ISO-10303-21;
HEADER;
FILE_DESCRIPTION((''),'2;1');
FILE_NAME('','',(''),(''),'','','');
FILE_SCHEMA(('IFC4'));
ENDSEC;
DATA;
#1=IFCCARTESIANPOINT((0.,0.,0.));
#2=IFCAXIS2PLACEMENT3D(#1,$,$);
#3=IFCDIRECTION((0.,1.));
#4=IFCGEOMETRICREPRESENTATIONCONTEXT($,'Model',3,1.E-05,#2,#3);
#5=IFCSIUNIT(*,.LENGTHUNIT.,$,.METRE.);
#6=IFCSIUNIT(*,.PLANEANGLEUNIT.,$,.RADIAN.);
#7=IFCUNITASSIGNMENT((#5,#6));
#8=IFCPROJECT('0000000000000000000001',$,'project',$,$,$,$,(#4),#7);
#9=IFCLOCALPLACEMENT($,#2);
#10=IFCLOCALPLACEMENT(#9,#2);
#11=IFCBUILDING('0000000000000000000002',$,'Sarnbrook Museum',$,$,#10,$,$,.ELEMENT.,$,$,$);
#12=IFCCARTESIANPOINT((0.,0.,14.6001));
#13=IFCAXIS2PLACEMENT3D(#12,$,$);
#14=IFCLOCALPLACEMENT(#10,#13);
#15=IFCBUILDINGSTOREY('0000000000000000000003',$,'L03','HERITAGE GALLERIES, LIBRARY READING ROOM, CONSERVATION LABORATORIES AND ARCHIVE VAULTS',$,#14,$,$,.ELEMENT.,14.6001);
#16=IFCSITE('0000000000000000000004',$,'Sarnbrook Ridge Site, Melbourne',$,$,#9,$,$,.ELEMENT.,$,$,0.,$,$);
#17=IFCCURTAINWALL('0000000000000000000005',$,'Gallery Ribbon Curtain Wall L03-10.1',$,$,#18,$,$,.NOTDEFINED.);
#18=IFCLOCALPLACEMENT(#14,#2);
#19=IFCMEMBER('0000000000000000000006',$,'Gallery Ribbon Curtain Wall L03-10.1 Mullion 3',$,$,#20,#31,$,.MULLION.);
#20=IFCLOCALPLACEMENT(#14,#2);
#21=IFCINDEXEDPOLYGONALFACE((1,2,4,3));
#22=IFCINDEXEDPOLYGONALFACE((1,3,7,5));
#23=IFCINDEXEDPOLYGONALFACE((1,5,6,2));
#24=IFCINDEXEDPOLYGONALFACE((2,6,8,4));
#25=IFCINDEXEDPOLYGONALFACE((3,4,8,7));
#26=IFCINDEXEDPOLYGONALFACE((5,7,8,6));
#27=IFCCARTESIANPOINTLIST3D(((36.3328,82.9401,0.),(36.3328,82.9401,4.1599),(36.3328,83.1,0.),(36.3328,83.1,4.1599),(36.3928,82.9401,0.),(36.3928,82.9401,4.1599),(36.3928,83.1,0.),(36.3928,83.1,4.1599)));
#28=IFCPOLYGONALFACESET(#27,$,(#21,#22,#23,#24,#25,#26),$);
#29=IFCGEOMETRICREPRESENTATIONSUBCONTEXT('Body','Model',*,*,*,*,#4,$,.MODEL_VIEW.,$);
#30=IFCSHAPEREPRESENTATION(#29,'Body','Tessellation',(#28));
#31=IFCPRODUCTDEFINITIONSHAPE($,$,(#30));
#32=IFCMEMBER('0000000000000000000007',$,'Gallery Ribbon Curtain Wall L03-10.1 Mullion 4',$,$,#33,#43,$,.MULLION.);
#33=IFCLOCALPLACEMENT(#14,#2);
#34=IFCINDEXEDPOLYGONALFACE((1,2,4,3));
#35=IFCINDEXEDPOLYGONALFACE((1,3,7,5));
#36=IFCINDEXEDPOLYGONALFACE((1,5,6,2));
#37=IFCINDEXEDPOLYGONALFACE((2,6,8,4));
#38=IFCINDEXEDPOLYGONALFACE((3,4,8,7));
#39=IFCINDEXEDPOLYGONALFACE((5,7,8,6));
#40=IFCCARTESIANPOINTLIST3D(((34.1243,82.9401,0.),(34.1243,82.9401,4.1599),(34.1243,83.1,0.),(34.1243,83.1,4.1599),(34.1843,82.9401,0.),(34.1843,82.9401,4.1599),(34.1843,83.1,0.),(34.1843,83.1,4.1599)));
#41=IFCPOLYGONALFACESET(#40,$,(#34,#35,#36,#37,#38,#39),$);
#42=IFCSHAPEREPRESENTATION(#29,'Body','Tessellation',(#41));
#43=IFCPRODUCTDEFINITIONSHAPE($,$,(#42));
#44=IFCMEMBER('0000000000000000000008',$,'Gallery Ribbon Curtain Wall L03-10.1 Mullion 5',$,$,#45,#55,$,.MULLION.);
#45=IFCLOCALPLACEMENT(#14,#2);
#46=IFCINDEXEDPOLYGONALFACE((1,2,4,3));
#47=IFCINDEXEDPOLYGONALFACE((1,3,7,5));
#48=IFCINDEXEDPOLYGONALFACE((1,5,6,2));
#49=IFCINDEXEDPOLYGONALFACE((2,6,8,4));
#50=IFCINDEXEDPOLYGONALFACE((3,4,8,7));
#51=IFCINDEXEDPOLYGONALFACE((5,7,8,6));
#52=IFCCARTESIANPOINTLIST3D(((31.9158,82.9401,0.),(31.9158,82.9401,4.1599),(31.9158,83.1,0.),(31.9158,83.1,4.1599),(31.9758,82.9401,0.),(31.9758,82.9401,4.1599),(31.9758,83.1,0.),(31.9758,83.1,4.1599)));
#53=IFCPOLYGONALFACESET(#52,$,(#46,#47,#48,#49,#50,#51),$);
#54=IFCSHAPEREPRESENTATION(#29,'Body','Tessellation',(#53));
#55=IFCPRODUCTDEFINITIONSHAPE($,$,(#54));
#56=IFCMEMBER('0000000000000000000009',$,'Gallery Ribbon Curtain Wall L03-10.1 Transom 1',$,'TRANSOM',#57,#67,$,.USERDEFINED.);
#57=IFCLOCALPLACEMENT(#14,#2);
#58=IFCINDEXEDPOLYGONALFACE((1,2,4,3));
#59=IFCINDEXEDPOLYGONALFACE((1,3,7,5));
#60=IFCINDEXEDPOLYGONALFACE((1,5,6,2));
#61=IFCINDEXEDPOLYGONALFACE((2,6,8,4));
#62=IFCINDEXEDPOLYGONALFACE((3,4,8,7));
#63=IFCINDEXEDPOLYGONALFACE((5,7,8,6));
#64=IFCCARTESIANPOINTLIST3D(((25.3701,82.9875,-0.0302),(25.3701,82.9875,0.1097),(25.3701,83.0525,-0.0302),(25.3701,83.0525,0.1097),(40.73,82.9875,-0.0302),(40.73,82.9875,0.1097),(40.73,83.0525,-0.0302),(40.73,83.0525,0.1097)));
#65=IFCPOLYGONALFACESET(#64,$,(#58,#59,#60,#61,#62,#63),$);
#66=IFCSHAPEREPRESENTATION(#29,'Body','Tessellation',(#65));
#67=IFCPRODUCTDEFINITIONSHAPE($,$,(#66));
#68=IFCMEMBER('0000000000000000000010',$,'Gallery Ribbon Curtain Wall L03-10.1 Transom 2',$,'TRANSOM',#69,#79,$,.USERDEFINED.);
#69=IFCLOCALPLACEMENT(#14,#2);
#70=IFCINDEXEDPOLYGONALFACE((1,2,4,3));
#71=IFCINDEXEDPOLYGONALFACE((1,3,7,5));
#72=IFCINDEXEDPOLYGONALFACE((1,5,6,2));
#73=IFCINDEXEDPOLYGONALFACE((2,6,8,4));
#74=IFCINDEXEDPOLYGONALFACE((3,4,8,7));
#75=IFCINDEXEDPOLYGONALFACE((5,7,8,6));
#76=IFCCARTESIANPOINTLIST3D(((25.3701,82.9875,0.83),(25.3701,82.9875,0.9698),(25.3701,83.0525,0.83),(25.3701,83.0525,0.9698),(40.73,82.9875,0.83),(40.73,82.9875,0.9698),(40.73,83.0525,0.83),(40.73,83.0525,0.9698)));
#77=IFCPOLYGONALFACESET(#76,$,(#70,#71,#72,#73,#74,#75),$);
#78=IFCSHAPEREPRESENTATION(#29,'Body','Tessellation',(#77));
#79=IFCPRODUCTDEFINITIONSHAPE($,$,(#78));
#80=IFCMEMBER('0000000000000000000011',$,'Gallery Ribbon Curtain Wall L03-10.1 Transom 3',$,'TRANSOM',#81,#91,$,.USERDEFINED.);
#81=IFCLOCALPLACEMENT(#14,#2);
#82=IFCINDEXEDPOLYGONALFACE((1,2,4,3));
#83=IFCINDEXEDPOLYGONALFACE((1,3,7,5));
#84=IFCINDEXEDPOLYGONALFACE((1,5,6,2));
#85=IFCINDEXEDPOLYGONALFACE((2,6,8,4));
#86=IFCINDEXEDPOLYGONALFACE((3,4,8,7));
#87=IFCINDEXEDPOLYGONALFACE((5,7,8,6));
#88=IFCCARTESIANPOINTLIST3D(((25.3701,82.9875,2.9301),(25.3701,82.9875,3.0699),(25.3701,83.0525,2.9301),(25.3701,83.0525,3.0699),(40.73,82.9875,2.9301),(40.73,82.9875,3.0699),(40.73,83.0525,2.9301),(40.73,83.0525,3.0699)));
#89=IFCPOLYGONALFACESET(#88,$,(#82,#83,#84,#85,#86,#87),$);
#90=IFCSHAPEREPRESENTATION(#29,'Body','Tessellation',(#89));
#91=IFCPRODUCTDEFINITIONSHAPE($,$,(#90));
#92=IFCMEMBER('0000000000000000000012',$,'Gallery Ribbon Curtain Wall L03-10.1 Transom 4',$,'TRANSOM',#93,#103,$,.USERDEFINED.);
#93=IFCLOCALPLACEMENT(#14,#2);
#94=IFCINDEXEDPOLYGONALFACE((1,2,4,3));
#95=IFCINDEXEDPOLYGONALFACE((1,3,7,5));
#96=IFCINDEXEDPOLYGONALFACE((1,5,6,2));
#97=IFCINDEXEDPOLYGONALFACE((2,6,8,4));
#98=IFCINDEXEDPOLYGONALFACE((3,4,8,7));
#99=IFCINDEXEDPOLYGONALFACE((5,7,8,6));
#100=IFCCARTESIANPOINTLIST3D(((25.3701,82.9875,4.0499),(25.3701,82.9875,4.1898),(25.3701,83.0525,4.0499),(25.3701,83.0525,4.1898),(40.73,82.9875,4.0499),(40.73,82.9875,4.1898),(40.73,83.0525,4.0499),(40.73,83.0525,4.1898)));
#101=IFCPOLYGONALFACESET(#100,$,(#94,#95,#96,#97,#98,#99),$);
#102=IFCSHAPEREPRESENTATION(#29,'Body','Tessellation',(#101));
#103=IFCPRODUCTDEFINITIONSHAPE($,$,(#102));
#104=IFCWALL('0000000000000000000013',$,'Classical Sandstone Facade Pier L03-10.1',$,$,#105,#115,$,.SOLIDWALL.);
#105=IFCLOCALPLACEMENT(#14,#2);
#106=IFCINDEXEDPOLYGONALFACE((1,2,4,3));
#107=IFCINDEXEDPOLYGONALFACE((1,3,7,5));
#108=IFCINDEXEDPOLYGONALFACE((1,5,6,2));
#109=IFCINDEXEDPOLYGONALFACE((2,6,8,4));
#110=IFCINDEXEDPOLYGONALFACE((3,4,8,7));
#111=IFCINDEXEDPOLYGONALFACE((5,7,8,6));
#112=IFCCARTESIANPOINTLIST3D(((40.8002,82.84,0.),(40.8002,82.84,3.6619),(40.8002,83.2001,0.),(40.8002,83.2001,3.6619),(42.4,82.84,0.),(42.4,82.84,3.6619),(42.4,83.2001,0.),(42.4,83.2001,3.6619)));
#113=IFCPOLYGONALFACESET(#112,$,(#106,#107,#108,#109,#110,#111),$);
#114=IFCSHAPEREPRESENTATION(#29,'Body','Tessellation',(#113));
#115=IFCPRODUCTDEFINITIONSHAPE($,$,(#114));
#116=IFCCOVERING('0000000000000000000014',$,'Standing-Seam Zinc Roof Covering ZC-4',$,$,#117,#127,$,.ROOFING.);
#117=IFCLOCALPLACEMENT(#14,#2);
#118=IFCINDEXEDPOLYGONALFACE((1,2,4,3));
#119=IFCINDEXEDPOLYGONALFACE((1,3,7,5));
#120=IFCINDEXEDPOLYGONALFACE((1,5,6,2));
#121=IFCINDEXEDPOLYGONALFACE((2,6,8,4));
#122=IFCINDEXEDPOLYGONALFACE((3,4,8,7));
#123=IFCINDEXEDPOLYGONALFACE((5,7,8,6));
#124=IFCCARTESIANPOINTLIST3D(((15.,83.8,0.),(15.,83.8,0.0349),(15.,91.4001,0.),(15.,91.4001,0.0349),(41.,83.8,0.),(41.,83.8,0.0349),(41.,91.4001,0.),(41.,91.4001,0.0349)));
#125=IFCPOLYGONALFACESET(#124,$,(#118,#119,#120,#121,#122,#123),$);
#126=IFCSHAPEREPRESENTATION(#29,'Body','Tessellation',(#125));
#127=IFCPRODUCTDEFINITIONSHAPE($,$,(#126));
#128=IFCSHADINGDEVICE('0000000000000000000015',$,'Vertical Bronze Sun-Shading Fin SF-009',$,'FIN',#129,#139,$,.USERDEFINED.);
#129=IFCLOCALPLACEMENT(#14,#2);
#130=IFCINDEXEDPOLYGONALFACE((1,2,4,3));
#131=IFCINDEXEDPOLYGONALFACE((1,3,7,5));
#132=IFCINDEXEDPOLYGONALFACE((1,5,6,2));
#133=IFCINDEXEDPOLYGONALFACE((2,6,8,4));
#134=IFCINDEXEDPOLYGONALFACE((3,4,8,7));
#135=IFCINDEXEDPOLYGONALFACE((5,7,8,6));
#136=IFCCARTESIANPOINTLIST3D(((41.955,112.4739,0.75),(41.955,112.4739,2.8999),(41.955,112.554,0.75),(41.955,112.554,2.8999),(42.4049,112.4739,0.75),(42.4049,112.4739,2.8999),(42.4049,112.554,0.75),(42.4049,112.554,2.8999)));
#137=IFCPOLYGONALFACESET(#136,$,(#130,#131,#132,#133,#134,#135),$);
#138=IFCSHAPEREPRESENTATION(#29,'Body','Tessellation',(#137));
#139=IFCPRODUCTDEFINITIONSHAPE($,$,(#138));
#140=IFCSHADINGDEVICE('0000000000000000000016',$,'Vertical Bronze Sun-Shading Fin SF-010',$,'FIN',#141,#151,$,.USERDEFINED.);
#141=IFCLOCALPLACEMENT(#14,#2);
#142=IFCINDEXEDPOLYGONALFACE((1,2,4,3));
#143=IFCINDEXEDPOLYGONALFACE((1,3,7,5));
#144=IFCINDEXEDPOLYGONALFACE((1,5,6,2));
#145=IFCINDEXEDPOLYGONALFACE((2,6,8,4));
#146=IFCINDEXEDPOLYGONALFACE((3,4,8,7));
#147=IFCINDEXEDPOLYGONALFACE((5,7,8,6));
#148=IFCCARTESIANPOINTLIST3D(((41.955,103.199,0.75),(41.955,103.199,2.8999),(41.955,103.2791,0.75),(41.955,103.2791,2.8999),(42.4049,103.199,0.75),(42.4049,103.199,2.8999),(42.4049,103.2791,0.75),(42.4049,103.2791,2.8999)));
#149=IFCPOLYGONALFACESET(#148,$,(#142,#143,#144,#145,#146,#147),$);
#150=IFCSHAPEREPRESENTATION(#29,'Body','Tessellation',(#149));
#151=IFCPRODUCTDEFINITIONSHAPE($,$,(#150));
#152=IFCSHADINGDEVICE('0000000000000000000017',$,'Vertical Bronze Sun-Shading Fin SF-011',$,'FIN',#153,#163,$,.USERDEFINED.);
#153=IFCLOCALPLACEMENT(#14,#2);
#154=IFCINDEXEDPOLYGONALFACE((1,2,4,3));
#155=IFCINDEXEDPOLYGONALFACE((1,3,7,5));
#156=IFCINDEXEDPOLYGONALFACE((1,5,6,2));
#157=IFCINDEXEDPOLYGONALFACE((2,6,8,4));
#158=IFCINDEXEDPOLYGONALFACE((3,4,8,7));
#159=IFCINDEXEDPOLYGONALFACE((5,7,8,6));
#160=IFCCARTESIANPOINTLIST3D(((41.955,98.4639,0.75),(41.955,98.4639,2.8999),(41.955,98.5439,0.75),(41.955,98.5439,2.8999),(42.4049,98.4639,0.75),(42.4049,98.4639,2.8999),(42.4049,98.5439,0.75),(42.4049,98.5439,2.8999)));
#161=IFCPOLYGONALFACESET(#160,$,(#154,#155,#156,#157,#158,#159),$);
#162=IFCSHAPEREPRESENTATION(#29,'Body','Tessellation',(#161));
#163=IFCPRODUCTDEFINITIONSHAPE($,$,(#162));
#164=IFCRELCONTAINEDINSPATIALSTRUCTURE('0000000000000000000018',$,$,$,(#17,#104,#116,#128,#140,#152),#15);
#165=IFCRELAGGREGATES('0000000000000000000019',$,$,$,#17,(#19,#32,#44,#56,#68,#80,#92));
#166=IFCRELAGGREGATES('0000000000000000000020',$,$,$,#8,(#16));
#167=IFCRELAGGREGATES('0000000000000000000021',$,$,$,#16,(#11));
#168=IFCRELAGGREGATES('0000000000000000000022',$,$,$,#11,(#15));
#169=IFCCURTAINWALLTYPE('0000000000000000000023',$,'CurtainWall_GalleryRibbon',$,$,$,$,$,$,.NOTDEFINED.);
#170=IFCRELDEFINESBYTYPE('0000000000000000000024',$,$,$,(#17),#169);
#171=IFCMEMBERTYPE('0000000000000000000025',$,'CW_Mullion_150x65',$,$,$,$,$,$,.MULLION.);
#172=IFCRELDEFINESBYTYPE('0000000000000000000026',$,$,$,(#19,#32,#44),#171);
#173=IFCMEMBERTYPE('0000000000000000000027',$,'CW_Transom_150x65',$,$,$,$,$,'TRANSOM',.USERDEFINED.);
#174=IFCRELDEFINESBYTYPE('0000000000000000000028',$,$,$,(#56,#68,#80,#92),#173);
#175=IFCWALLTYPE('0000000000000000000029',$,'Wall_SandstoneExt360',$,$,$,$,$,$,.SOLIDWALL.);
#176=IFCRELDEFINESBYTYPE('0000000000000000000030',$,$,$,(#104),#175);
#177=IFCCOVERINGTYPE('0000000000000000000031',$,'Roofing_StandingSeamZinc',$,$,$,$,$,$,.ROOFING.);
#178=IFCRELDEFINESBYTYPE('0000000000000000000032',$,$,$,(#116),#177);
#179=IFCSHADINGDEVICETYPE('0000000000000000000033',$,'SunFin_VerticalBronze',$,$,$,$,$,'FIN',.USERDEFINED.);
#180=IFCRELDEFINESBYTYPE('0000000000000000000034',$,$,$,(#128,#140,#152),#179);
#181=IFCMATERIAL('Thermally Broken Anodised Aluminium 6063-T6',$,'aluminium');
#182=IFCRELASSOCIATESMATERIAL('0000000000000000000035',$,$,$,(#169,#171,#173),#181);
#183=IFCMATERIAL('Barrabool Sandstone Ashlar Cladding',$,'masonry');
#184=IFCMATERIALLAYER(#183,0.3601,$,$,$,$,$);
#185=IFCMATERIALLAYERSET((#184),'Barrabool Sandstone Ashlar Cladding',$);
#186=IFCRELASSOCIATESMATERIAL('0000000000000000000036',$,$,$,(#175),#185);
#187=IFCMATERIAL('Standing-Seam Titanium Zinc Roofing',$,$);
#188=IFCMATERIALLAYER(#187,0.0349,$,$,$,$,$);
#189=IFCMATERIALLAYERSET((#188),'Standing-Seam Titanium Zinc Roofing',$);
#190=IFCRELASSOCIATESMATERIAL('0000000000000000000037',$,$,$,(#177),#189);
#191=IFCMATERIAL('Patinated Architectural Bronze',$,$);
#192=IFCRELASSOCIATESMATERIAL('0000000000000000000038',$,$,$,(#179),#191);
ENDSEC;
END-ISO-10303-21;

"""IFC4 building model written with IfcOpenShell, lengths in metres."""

from ifc_helpers import new_model, si_unit, direction, frame, frame_2d, origin, origin_2d, place, context, subcontext, project, spatial, rectangle, extrude, material, layer, layer_set, material_profile, profile_set, type_object, element, aggregate, save


model = new_model("IFC4")

# Units and contexts
model_context = context("Model", 3, precision=1e-05, world=origin(), true_north=direction((0.0, 1.0)))
body_context = subcontext(model_context, "Body", "Model", "MODEL_VIEW")
ifc_project = project(units=[si_unit("LENGTHUNIT", "METRE"), si_unit("PLANEANGLEUNIT", "RADIAN")], contexts=[model_context])

# Site, building, storey
site_placement = place(None, origin())
site = spatial("IfcSite", under=ifc_project, at=site_placement, Name="Sarnbrook Ridge Site, Melbourne", CompositionType="ELEMENT", RefElevation=0.0)
building_placement = place(site_placement, origin())
building = spatial("IfcBuilding", under=site, at=building_placement, Name="Sarnbrook Museum", CompositionType="ELEMENT")
storey_placement = place(building_placement, frame((0.0, 0.0, 14.6001)))
storey = spatial("IfcBuildingStorey", under=building, at=storey_placement, Name="L03", Description="HERITAGE GALLERIES, LIBRARY READING ROOM, CONSERVATION LABORATORIES AND ARCHIVE VAULTS", CompositionType="ELEMENT", Elevation=14.6001)

# Curtain wall, members
ifc_material_1 = material(Name="Thermally Broken Anodised Aluminium 6063-T6", Category="aluminium")
curtain_wall_type = type_object("IfcCurtainWallType", Name="CurtainWall_GalleryRibbon", PredefinedType="NOTDEFINED", material=ifc_material_1)
curtain_wall_placement = place(storey_placement, origin())
curtain_wall = element("IfcCurtainWall", 1, at=curtain_wall_placement, inside=storey, type_object=curtain_wall_type, Name="Gallery Ribbon Curtain Wall L03-10.1", PredefinedType="NOTDEFINED")
ifc_material_profile_1 = material_profile(ifc_material_1, rectangle(XDim=0.0601, YDim=0.1599, at=origin_2d()), Name="ALU MULLION 60x160")
ifc_profile_set_1 = profile_set([ifc_material_profile_1], Name="Thermally Broken Anodised Aluminium 6063-T6")
member_type_1 = type_object("IfcMemberType", Name="CW_Mullion_150x65", PredefinedType="MULLION", material=ifc_profile_set_1)
member_1_placement = place(storey_placement, frame((36.3628, 83.02, 0.0), z_axis=(0.0, 0.0, 1.0), x_axis=(1.0, 0.0, 0.0)))
member_1 = element("IfcMember", 2, at=member_1_placement, type_object=member_type_1, Name="Gallery Ribbon Curtain Wall L03-10.1 Mullion 3", PredefinedType="MULLION", context=body_context, shape_type="SweptSolid", body=[
    extrude(rectangle(XDim=0.0601, YDim=0.1599, at=origin_2d()), origin(), (0.0, 0.0, 1.0), 4.1599),
])
member_2_placement = place(storey_placement, frame((34.1543, 83.02, 0.0), z_axis=(0.0, 0.0, 1.0), x_axis=(1.0, 0.0, 0.0)))
member_2 = element("IfcMember", 3, at=member_2_placement, type_object=member_type_1, Name="Gallery Ribbon Curtain Wall L03-10.1 Mullion 4", PredefinedType="MULLION", context=body_context, shape_type="SweptSolid", body=[
    extrude(rectangle(XDim=0.0601, YDim=0.1599, at=origin_2d()), origin(), (0.0, 0.0, 1.0), 4.1599),
])
member_3_placement = place(storey_placement, frame((31.9458, 83.02, 0.0), z_axis=(0.0, 0.0, 1.0), x_axis=(1.0, 0.0, 0.0)))
member_3 = element("IfcMember", 4, at=member_3_placement, type_object=member_type_1, Name="Gallery Ribbon Curtain Wall L03-10.1 Mullion 5", PredefinedType="MULLION", context=body_context, shape_type="SweptSolid", body=[
    extrude(rectangle(XDim=0.0601, YDim=0.1599, at=origin_2d()), origin(), (0.0, 0.0, 1.0), 4.1599),
])
ifc_material_profile_2 = material_profile(ifc_material_1, rectangle(XDim=0.0649, YDim=0.1399, at=origin_2d()), Name="ALU TRANSOM 65x140")
ifc_profile_set_2 = profile_set([ifc_material_profile_2], Name="Thermally Broken Anodised Aluminium 6063-T6")
member_type_2 = type_object("IfcMemberType", Name="CW_Transom_150x65", ElementType="TRANSOM", PredefinedType="USERDEFINED", material=ifc_profile_set_2)
member_4_placement = place(storey_placement, frame((40.73, 83.02, 0.0398), z_axis=(-1.0, 0.0, 0.0), x_axis=(0.0, -1.0, 0.0)))
member_4 = element("IfcMember", 5, at=member_4_placement, type_object=member_type_2, Name="Gallery Ribbon Curtain Wall L03-10.1 Transom 1", ObjectType="TRANSOM", PredefinedType="USERDEFINED", context=body_context, shape_type="SweptSolid", body=[
    extrude(rectangle(XDim=0.0649, YDim=0.1399, at=origin_2d()), origin(), (0.0, 0.0, 1.0), 15.3599),
])
member_5_placement = place(storey_placement, frame((40.73, 83.02, 0.8999), z_axis=(-1.0, 0.0, 0.0), x_axis=(0.0, -1.0, 0.0)))
member_5 = element("IfcMember", 6, at=member_5_placement, type_object=member_type_2, Name="Gallery Ribbon Curtain Wall L03-10.1 Transom 2", ObjectType="TRANSOM", PredefinedType="USERDEFINED", context=body_context, shape_type="SweptSolid", body=[
    extrude(rectangle(XDim=0.0649, YDim=0.1399, at=origin_2d()), origin(), (0.0, 0.0, 1.0), 15.3599),
])
member_6_placement = place(storey_placement, frame((40.73, 83.02, 3.0), z_axis=(-1.0, 0.0, 0.0), x_axis=(0.0, -1.0, 0.0)))
member_6 = element("IfcMember", 7, at=member_6_placement, type_object=member_type_2, Name="Gallery Ribbon Curtain Wall L03-10.1 Transom 3", ObjectType="TRANSOM", PredefinedType="USERDEFINED", context=body_context, shape_type="SweptSolid", body=[
    extrude(rectangle(XDim=0.0649, YDim=0.1399, at=origin_2d()), origin(), (0.0, 0.0, 1.0), 15.3599),
])
member_7_placement = place(storey_placement, frame((40.73, 83.02, 4.1199), z_axis=(-1.0, 0.0, 0.0), x_axis=(0.0, -1.0, 0.0)))
member_7 = element("IfcMember", 8, at=member_7_placement, type_object=member_type_2, Name="Gallery Ribbon Curtain Wall L03-10.1 Transom 4", ObjectType="TRANSOM", PredefinedType="USERDEFINED", context=body_context, shape_type="SweptSolid", body=[
    extrude(rectangle(XDim=0.0649, YDim=0.1399, at=origin_2d()), origin(), (0.0, 0.0, 1.0), 15.3599),
])
aggregate(curtain_wall, [member_1, member_2, member_3, member_4, member_5, member_6, member_7])

# Wall
ifc_material_2 = material(Name="Barrabool Sandstone Ashlar Cladding", Category="masonry")
ifc_layer_1 = layer(ifc_material_2, 0.3601)
ifc_layer_set_1 = layer_set([ifc_layer_1], Name="Barrabool Sandstone Ashlar Cladding")
wall_type = type_object("IfcWallType", Name="Wall_SandstoneExt360", PredefinedType="SOLIDWALL", material=ifc_layer_set_1)
wall_placement = place(storey_placement, frame((42.3999, 83.02, 0.0), z_axis=(0.0, 0.0, 1.0), x_axis=(-1.0, 0.0, 0.0)))
element("IfcWall", 9, at=wall_placement, inside=storey, type_object=wall_type, Name="Classical Sandstone Facade Pier L03-10.1", PredefinedType="SOLIDWALL", context=body_context, shape_type="SweptSolid", body=[
    extrude(rectangle(XDim=1.5999, YDim=0.3601, at=frame_2d((0.7998, 0.0))), origin(), (0.0, 0.0, 1.0), 3.6619),
])

# Covering
ifc_material_3 = material(Name="Standing-Seam Titanium Zinc Roofing")
ifc_layer_2 = layer(ifc_material_3, 0.0349)
ifc_layer_set_2 = layer_set([ifc_layer_2], Name="Standing-Seam Titanium Zinc Roofing")
covering_type = type_object("IfcCoveringType", Name="Roofing_StandingSeamZinc", PredefinedType="ROOFING", material=ifc_layer_set_2)
covering_placement = place(storey_placement, frame((28.0, 87.6001, 0.0), z_axis=(0.0, 0.0, 1.0), x_axis=(1.0, 0.0, 0.0)))
element("IfcCovering", 10, at=covering_placement, inside=storey, type_object=covering_type, Name="Standing-Seam Zinc Roof Covering ZC-4", PredefinedType="ROOFING", context=body_context, shape_type="SweptSolid", body=[
    extrude(rectangle(XDim=26.0, YDim=7.6001, at=origin_2d()), origin(), (0.0, 0.0, 1.0), 0.0349),
])

# Shading devices
ifc_material_4 = material(Name="Patinated Architectural Bronze")
shading_device_type = type_object("IfcShadingDeviceType", Name="SunFin_VerticalBronze", ElementType="FIN", PredefinedType="USERDEFINED", material=ifc_material_4)
for number, where, z_axis, x_axis, name in (
    (11, (42.1799, 112.5139, 0.75), (0.0, 0.0, 1.0), (1.0, 0.0, 0.0), "Vertical Bronze Sun-Shading Fin SF-009"),
    (12, (42.1799, 103.239, 0.75), (0.0, 0.0, 1.0), (1.0, 0.0, 0.0), "Vertical Bronze Sun-Shading Fin SF-010"),
    (13, (42.1799, 98.5039, 0.75), (0.0, 0.0, 1.0), (1.0, 0.0, 0.0), "Vertical Bronze Sun-Shading Fin SF-011"),
):
    element("IfcShadingDevice", number, at=place(storey_placement, frame(where, z_axis=z_axis, x_axis=x_axis)), inside=storey, type_object=shading_device_type, Name=name, ObjectType="FIN", PredefinedType="USERDEFINED", context=body_context, shape_type="SweptSolid", body=[
        extrude(rectangle(XDim=0.45, YDim=0.0801, at=origin_2d()), origin(), (0.0, 0.0, 1.0), 2.1499),
    ])

save(model, "model.ifc")
